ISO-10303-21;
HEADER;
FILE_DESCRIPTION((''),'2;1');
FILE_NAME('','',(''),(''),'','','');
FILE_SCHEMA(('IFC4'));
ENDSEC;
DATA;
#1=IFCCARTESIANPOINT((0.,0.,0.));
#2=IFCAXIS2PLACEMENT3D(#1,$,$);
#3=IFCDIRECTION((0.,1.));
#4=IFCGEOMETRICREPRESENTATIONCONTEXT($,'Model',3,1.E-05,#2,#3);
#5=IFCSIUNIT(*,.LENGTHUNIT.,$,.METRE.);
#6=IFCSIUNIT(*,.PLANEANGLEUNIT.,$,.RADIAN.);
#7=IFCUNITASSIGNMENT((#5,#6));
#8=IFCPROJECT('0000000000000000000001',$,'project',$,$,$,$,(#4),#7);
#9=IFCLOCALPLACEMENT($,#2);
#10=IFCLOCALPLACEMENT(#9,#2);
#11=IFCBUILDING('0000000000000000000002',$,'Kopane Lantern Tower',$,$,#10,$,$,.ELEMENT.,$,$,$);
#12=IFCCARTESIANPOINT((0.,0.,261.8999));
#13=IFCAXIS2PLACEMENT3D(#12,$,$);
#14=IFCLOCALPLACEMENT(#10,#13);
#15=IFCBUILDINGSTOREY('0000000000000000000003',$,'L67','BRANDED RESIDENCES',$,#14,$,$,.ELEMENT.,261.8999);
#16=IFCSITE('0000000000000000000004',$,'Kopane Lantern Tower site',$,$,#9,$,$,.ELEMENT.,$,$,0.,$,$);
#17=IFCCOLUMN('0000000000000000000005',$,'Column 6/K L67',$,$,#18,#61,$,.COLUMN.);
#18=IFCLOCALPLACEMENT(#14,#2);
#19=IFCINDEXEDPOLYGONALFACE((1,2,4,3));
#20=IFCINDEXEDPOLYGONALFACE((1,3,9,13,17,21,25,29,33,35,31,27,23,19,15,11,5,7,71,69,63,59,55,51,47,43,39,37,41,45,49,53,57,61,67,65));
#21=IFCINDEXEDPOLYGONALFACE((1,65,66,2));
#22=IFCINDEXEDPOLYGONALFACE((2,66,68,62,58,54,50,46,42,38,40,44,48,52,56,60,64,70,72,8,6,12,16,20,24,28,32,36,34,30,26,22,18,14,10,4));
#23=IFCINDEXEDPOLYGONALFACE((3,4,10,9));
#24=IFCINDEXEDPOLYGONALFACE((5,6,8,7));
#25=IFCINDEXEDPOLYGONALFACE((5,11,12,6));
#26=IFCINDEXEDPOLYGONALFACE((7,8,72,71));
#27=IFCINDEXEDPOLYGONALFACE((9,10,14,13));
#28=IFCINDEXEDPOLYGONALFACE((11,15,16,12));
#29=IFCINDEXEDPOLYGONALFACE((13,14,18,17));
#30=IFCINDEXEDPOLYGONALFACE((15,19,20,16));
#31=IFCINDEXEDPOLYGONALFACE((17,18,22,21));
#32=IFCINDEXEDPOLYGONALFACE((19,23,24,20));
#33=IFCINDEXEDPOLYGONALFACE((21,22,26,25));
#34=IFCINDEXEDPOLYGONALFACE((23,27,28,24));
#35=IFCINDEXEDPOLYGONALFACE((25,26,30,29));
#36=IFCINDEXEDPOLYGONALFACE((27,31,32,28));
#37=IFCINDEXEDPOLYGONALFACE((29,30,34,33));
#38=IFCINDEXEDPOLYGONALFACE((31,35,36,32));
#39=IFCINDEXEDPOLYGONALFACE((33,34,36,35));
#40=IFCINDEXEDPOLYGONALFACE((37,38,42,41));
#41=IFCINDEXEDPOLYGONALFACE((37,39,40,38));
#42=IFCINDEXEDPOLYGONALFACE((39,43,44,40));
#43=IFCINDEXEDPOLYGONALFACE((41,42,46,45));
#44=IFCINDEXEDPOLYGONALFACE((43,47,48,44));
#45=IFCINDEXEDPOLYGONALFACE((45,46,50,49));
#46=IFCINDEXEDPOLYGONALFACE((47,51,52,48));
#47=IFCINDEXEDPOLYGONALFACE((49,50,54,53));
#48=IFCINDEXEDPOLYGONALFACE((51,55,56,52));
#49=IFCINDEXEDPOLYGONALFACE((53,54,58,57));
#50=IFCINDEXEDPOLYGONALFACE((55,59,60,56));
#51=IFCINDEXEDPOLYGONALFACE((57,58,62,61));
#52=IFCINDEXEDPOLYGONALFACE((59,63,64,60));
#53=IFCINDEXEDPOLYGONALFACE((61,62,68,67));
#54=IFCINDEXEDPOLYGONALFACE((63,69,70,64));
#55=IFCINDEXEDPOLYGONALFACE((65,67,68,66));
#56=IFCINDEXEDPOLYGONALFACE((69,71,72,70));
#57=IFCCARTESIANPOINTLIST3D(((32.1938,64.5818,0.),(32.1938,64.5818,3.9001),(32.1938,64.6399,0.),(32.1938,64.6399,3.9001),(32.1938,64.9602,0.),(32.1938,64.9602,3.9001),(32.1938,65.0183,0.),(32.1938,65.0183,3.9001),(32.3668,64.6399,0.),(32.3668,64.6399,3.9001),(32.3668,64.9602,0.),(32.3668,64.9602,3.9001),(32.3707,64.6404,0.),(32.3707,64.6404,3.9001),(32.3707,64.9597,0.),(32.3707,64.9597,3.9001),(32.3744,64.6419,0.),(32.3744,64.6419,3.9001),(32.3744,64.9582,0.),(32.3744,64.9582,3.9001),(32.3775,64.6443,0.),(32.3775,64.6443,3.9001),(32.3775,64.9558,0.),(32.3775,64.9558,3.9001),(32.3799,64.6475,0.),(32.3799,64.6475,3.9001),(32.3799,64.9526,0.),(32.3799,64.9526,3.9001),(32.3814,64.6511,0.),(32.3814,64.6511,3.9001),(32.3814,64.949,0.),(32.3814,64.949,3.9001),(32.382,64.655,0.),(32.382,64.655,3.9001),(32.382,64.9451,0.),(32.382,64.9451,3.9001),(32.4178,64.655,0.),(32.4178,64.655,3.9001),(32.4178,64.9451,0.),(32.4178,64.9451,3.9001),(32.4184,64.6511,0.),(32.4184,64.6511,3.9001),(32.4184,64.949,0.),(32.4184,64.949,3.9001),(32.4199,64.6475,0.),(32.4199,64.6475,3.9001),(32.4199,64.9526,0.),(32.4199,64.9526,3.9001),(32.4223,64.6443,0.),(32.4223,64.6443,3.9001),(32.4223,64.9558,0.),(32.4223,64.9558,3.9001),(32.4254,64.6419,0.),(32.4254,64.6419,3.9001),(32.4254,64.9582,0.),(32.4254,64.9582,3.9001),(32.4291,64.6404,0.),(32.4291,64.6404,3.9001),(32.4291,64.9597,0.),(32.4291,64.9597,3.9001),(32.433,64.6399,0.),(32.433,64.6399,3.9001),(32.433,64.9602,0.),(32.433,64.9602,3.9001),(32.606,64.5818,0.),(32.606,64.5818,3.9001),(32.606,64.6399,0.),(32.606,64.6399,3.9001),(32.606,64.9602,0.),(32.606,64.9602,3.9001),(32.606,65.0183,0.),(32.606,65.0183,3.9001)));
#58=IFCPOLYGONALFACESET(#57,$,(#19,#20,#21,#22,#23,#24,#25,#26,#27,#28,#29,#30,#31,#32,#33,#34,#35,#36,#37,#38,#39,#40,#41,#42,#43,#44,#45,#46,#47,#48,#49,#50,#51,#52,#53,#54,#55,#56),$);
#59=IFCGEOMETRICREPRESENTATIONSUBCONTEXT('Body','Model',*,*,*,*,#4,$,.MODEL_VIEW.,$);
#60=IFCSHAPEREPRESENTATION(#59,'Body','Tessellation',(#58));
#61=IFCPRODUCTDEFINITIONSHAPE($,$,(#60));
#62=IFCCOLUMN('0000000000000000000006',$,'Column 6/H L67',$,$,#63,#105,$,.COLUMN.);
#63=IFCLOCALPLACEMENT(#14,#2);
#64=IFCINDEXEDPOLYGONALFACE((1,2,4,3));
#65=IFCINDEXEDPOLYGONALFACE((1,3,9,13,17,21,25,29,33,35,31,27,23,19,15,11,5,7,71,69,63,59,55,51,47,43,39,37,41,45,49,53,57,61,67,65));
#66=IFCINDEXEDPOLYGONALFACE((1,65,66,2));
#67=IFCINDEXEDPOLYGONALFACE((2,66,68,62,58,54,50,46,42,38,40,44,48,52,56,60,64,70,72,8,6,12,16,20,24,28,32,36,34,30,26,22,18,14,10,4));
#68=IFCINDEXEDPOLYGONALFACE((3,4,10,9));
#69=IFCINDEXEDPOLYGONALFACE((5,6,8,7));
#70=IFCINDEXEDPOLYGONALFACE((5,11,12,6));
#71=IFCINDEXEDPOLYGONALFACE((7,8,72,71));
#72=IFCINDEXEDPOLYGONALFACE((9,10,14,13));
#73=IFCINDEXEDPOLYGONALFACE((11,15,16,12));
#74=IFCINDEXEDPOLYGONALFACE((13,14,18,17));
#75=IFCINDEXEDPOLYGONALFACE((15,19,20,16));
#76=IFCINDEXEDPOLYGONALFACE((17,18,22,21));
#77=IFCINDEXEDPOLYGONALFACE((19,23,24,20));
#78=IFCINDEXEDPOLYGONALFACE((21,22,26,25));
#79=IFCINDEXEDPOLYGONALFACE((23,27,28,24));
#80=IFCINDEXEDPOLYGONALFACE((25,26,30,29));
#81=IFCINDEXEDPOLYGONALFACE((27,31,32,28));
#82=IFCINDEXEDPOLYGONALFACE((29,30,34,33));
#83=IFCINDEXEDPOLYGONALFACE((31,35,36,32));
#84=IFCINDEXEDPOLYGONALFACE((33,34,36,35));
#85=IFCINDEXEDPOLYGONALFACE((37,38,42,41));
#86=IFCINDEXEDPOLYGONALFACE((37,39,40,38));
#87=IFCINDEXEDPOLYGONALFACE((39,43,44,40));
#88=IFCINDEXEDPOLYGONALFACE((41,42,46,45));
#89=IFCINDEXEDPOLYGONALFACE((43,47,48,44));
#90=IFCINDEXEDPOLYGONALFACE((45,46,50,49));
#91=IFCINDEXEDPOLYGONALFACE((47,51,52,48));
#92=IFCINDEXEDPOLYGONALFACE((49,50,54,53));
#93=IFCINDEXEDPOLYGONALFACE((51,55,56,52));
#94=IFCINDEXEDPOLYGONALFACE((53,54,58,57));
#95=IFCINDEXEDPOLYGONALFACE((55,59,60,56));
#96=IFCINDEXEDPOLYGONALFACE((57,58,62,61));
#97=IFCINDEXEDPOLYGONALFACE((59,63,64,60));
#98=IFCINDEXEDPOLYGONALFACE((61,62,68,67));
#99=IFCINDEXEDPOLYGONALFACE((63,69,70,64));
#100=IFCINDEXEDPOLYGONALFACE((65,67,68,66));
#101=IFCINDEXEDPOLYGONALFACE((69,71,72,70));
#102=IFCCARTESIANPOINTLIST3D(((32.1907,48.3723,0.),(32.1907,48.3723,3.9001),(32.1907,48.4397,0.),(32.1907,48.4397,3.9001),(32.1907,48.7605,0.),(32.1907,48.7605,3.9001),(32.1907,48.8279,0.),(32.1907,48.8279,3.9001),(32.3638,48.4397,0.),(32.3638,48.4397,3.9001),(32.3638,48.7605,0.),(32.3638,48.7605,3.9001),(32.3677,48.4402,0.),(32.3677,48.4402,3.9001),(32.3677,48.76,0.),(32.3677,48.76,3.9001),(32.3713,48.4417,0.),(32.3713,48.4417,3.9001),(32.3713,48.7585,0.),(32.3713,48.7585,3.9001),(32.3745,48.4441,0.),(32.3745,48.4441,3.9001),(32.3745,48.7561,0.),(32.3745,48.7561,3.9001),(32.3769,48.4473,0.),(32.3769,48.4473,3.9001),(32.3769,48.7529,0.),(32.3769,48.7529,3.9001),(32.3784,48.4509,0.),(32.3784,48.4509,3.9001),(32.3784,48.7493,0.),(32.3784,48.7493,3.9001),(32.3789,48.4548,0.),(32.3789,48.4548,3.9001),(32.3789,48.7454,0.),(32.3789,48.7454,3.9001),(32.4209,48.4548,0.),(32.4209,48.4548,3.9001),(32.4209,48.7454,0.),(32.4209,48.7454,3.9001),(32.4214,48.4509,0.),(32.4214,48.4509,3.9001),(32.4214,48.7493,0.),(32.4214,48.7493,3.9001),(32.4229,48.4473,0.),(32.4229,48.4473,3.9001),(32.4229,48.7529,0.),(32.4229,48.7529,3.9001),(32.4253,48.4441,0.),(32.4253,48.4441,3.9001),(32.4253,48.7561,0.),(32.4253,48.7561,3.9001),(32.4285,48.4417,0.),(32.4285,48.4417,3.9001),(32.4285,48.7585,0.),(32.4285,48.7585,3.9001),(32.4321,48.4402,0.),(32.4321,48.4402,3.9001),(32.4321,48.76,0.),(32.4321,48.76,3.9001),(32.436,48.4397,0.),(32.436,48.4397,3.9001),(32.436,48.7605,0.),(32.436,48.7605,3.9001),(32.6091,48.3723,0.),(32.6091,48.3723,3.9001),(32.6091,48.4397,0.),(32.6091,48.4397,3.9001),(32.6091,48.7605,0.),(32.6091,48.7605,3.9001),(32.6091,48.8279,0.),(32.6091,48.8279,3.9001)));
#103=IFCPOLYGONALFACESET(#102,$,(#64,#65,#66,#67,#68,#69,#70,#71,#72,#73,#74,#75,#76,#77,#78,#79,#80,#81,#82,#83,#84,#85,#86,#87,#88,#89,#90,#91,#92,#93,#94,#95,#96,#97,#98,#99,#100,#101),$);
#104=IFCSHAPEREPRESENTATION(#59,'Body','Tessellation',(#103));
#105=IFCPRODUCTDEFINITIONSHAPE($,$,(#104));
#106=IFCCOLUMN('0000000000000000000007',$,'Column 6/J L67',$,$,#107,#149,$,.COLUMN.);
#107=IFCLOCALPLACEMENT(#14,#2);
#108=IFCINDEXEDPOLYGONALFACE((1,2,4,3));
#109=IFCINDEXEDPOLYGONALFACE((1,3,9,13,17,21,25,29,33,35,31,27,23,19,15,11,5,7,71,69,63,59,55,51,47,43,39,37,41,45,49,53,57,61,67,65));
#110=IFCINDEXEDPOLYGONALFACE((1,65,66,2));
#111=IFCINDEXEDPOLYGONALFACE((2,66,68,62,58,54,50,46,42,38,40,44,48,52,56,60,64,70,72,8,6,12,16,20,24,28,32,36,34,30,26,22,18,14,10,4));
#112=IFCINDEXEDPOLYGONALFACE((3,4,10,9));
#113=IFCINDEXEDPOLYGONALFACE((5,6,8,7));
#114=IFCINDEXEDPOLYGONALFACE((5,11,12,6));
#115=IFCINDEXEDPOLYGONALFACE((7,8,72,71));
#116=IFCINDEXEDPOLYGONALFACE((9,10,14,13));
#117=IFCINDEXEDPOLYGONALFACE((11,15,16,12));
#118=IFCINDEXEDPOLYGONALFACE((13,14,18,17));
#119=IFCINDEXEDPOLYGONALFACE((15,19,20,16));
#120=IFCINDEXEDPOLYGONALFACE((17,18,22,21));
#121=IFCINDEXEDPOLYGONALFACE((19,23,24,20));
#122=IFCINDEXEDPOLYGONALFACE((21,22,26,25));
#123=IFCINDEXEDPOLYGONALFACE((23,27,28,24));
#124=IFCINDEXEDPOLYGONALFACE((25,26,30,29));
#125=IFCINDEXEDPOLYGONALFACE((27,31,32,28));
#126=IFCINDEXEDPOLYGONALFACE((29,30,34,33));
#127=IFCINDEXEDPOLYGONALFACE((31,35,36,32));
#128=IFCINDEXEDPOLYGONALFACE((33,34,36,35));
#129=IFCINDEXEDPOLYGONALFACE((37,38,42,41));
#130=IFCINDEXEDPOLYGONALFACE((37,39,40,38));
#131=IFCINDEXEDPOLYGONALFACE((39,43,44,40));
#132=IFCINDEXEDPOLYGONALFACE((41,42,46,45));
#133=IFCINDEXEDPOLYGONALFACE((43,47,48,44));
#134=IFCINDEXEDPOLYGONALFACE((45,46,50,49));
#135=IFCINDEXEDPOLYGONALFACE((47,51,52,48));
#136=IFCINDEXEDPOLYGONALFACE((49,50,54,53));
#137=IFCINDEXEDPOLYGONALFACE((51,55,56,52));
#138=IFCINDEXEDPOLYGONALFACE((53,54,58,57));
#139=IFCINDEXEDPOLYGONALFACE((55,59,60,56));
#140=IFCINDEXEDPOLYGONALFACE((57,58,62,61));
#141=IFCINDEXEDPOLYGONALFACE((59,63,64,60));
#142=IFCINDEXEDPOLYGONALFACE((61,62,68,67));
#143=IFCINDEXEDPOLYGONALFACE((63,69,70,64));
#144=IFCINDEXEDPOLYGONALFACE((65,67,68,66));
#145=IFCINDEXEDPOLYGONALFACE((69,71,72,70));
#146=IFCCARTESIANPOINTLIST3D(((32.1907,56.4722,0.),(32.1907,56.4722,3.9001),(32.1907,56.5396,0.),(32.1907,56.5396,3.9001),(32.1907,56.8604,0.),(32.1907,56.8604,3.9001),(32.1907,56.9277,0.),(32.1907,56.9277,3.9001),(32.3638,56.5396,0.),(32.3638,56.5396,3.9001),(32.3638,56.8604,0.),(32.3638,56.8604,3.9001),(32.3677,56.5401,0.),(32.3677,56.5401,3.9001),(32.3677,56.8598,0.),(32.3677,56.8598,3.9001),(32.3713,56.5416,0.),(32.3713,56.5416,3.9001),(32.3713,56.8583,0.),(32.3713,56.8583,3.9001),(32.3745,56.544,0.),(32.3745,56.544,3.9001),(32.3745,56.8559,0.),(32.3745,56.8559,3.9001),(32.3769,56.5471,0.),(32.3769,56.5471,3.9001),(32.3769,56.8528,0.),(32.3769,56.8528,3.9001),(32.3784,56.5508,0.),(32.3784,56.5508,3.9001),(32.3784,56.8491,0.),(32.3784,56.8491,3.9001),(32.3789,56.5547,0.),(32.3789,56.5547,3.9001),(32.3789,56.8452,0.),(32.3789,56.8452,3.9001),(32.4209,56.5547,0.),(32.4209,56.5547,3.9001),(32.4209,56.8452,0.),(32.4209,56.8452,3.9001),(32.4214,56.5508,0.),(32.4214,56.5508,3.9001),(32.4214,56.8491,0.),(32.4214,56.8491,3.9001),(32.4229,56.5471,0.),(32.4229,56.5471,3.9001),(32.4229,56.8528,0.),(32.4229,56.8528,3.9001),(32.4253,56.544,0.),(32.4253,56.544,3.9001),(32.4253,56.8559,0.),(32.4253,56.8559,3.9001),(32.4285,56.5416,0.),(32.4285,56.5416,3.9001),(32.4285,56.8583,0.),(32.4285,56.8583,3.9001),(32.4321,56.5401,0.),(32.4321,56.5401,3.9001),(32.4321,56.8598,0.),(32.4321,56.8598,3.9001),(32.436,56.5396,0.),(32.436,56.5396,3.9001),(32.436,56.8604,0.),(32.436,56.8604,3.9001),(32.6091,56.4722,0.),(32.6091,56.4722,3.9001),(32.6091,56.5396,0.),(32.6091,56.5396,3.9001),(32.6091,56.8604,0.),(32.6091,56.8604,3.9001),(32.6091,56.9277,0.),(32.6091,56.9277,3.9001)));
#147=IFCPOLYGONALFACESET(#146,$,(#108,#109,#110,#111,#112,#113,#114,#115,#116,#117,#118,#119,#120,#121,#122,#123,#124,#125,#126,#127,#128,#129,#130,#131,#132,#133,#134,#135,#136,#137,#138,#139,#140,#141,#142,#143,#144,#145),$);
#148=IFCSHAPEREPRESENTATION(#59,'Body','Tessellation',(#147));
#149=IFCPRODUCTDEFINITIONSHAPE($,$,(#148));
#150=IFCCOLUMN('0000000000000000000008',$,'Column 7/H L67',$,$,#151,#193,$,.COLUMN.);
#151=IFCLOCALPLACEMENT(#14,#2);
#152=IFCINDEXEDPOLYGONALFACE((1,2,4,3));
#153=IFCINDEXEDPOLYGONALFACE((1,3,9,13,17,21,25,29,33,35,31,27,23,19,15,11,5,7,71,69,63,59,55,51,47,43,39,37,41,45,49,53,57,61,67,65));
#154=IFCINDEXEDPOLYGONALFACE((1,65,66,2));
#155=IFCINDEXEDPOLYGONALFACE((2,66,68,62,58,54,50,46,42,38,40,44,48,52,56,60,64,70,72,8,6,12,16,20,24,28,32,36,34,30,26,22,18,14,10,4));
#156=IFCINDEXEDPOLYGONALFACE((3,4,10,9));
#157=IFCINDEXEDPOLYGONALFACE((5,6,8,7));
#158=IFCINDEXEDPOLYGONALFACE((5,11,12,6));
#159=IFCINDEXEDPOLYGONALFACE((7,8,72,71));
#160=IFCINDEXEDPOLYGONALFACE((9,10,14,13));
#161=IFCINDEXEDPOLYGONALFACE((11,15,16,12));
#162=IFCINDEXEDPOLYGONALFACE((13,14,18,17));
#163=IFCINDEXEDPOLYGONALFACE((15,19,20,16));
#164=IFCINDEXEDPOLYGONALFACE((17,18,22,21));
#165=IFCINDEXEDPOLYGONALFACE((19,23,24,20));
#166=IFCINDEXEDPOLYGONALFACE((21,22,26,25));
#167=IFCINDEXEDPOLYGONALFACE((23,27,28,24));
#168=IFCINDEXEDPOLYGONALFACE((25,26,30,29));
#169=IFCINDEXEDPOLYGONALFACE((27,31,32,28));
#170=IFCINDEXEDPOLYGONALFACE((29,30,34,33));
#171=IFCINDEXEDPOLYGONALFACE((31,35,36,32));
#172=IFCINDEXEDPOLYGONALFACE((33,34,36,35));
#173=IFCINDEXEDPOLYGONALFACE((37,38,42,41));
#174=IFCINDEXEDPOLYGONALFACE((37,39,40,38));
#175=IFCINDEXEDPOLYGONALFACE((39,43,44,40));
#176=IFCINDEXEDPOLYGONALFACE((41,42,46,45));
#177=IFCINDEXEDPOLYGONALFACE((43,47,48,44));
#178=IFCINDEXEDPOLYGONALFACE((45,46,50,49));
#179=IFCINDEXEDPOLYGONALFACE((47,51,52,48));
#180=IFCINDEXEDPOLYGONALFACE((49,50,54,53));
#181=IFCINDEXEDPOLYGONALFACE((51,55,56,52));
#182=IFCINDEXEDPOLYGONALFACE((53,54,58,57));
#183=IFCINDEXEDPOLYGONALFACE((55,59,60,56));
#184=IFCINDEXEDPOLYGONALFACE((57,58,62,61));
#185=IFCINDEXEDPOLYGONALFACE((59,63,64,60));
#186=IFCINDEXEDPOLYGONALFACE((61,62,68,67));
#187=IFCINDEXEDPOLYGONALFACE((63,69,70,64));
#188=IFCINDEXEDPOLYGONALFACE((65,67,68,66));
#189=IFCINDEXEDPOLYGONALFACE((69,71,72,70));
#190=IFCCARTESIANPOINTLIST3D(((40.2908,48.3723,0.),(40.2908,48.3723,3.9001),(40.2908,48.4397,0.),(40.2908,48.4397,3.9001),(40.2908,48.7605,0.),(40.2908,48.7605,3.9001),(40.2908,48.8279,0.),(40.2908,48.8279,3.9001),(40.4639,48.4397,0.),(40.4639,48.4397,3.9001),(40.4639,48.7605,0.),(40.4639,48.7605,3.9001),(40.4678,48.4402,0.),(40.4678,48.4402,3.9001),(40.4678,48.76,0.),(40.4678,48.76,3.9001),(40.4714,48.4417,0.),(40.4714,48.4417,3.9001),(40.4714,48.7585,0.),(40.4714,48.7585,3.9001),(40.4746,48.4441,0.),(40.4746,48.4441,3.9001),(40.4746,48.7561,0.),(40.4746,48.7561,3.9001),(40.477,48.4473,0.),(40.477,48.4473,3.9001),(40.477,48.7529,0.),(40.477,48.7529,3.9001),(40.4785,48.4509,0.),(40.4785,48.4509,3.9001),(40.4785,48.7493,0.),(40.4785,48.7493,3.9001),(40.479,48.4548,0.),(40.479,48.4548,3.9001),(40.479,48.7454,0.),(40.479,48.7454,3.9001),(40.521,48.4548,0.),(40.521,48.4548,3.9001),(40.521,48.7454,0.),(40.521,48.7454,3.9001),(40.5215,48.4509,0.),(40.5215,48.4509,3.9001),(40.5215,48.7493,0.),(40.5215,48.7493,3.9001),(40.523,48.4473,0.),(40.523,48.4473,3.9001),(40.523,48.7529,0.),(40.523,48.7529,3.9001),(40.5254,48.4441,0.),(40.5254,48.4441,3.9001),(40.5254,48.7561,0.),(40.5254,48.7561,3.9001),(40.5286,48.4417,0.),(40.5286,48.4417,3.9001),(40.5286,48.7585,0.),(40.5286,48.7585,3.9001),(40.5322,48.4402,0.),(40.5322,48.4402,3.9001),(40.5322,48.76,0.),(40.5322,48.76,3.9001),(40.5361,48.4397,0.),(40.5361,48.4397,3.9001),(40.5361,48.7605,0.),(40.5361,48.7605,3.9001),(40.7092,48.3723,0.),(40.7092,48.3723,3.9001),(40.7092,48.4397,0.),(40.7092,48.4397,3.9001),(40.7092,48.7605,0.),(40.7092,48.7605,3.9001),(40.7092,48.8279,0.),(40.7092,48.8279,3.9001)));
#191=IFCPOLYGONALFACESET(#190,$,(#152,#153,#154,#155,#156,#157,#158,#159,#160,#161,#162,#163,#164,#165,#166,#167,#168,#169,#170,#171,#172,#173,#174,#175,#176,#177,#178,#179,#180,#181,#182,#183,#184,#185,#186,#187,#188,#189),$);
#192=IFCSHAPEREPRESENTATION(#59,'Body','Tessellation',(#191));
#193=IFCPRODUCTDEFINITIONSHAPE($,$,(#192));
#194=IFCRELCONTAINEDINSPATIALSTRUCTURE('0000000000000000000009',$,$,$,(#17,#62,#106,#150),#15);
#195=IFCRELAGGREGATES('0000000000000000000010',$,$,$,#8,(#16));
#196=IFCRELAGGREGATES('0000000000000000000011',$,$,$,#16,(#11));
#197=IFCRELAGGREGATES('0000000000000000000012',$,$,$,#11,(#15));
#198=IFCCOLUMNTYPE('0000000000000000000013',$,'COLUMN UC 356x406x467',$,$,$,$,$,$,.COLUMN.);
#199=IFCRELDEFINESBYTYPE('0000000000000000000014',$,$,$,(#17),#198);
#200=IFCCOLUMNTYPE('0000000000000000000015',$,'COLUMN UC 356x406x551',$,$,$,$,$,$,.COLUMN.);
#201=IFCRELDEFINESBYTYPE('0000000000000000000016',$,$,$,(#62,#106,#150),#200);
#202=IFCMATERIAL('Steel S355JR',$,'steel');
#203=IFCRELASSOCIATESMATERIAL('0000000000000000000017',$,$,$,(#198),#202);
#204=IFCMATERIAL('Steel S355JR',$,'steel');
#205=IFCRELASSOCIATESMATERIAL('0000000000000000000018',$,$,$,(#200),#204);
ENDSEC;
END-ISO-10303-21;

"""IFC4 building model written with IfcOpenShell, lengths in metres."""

from ifc_helpers import new_model, si_unit, direction, frame, origin, origin_2d, place, context, subcontext, project, spatial, i_section, extrude, material, material_profile, profile_set, type_object, element, save


model = new_model("IFC4")

# Units and contexts
model_context = context("Model", 3, precision=1e-05, world=origin(), true_north=direction((0.0, 1.0)))
body_context = subcontext(model_context, "Body", "Model", "MODEL_VIEW")
ifc_project = project(units=[si_unit("LENGTHUNIT", "METRE"), si_unit("PLANEANGLEUNIT", "RADIAN")], contexts=[model_context])

# Site, building, storey
site_placement = place(None, origin())
site = spatial("IfcSite", under=ifc_project, at=site_placement, Name="Kopane Lantern Tower site", CompositionType="ELEMENT", RefElevation=0.0)
building_placement = place(site_placement, origin())
building = spatial("IfcBuilding", under=site, at=building_placement, Name="Kopane Lantern Tower", CompositionType="ELEMENT")
storey_placement = place(building_placement, frame((0.0, 0.0, 261.8999)))
storey = spatial("IfcBuildingStorey", under=building, at=storey_placement, Name="L67", Description="BRANDED RESIDENCES", CompositionType="ELEMENT", Elevation=261.8999)

# Columns
ifc_material_1 = material(Name="Steel S355JR", Category="steel")
ifc_material_profile_1 = material_profile(ifc_material_1, i_section(OverallWidth=0.4121, OverallDepth=0.4365, WebThickness=0.0359, FlangeThickness=0.0581, FilletRadius=0.0151, at=origin_2d()), Name="UC 356x406x467")
ifc_profile_set_1 = profile_set([ifc_material_profile_1], Name="Steel S355JR")
column_type_1 = type_object("IfcColumnType", Name="COLUMN UC 356x406x467", PredefinedType="COLUMN", material=ifc_profile_set_1)
column_placement = place(storey_placement, frame((32.3999, 64.8, 0.0), z_axis=(0.0, 0.0, 1.0), x_axis=(1.0, 0.0, 0.0)))
element("IfcColumn", 1, at=column_placement, inside=storey, type_object=column_type_1, Name="Column 6/K L67", PredefinedType="COLUMN", context=body_context, shape_type="SweptSolid", body=[
    extrude(i_section(OverallWidth=0.4121, OverallDepth=0.4365, WebThickness=0.0359, FlangeThickness=0.0581, FilletRadius=0.0151, at=origin_2d()), origin(), (0.0, 0.0, 1.0), 3.9001),
])
ifc_material_2 = material(Name="Steel S355JR", Category="steel")
ifc_material_profile_2 = material_profile(ifc_material_2, i_section(OverallWidth=0.4185, OverallDepth=0.4556, WebThickness=0.042, FlangeThickness=0.0674, FilletRadius=0.0151, at=origin_2d()), Name="UC 356x406x551")
ifc_profile_set_2 = profile_set([ifc_material_profile_2], Name="Steel S355JR")
column_type_2 = type_object("IfcColumnType", Name="COLUMN UC 356x406x551", PredefinedType="COLUMN", material=ifc_profile_set_2)
for number, where, z_axis, x_axis, name in (
    (2, (32.3999, 48.6001, 0.0), (0.0, 0.0, 1.0), (1.0, 0.0, 0.0), "Column 6/H L67"),
    (3, (32.3999, 56.7, 0.0), (0.0, 0.0, 1.0), (1.0, 0.0, 0.0), "Column 6/J L67"),
    (4, (40.5, 48.6001, 0.0), (0.0, 0.0, 1.0), (1.0, 0.0, 0.0), "Column 7/H L67"),
):
    element("IfcColumn", number, at=place(storey_placement, frame(where, z_axis=z_axis, x_axis=x_axis)), inside=storey, type_object=column_type_2, Name=name, PredefinedType="COLUMN", context=body_context, shape_type="SweptSolid", body=[
        extrude(i_section(OverallWidth=0.4185, OverallDepth=0.4556, WebThickness=0.042, FlangeThickness=0.0674, FilletRadius=0.0151, at=origin_2d()), origin(), (0.0, 0.0, 1.0), 3.9001),
    ])

save(model, "model.ifc")
